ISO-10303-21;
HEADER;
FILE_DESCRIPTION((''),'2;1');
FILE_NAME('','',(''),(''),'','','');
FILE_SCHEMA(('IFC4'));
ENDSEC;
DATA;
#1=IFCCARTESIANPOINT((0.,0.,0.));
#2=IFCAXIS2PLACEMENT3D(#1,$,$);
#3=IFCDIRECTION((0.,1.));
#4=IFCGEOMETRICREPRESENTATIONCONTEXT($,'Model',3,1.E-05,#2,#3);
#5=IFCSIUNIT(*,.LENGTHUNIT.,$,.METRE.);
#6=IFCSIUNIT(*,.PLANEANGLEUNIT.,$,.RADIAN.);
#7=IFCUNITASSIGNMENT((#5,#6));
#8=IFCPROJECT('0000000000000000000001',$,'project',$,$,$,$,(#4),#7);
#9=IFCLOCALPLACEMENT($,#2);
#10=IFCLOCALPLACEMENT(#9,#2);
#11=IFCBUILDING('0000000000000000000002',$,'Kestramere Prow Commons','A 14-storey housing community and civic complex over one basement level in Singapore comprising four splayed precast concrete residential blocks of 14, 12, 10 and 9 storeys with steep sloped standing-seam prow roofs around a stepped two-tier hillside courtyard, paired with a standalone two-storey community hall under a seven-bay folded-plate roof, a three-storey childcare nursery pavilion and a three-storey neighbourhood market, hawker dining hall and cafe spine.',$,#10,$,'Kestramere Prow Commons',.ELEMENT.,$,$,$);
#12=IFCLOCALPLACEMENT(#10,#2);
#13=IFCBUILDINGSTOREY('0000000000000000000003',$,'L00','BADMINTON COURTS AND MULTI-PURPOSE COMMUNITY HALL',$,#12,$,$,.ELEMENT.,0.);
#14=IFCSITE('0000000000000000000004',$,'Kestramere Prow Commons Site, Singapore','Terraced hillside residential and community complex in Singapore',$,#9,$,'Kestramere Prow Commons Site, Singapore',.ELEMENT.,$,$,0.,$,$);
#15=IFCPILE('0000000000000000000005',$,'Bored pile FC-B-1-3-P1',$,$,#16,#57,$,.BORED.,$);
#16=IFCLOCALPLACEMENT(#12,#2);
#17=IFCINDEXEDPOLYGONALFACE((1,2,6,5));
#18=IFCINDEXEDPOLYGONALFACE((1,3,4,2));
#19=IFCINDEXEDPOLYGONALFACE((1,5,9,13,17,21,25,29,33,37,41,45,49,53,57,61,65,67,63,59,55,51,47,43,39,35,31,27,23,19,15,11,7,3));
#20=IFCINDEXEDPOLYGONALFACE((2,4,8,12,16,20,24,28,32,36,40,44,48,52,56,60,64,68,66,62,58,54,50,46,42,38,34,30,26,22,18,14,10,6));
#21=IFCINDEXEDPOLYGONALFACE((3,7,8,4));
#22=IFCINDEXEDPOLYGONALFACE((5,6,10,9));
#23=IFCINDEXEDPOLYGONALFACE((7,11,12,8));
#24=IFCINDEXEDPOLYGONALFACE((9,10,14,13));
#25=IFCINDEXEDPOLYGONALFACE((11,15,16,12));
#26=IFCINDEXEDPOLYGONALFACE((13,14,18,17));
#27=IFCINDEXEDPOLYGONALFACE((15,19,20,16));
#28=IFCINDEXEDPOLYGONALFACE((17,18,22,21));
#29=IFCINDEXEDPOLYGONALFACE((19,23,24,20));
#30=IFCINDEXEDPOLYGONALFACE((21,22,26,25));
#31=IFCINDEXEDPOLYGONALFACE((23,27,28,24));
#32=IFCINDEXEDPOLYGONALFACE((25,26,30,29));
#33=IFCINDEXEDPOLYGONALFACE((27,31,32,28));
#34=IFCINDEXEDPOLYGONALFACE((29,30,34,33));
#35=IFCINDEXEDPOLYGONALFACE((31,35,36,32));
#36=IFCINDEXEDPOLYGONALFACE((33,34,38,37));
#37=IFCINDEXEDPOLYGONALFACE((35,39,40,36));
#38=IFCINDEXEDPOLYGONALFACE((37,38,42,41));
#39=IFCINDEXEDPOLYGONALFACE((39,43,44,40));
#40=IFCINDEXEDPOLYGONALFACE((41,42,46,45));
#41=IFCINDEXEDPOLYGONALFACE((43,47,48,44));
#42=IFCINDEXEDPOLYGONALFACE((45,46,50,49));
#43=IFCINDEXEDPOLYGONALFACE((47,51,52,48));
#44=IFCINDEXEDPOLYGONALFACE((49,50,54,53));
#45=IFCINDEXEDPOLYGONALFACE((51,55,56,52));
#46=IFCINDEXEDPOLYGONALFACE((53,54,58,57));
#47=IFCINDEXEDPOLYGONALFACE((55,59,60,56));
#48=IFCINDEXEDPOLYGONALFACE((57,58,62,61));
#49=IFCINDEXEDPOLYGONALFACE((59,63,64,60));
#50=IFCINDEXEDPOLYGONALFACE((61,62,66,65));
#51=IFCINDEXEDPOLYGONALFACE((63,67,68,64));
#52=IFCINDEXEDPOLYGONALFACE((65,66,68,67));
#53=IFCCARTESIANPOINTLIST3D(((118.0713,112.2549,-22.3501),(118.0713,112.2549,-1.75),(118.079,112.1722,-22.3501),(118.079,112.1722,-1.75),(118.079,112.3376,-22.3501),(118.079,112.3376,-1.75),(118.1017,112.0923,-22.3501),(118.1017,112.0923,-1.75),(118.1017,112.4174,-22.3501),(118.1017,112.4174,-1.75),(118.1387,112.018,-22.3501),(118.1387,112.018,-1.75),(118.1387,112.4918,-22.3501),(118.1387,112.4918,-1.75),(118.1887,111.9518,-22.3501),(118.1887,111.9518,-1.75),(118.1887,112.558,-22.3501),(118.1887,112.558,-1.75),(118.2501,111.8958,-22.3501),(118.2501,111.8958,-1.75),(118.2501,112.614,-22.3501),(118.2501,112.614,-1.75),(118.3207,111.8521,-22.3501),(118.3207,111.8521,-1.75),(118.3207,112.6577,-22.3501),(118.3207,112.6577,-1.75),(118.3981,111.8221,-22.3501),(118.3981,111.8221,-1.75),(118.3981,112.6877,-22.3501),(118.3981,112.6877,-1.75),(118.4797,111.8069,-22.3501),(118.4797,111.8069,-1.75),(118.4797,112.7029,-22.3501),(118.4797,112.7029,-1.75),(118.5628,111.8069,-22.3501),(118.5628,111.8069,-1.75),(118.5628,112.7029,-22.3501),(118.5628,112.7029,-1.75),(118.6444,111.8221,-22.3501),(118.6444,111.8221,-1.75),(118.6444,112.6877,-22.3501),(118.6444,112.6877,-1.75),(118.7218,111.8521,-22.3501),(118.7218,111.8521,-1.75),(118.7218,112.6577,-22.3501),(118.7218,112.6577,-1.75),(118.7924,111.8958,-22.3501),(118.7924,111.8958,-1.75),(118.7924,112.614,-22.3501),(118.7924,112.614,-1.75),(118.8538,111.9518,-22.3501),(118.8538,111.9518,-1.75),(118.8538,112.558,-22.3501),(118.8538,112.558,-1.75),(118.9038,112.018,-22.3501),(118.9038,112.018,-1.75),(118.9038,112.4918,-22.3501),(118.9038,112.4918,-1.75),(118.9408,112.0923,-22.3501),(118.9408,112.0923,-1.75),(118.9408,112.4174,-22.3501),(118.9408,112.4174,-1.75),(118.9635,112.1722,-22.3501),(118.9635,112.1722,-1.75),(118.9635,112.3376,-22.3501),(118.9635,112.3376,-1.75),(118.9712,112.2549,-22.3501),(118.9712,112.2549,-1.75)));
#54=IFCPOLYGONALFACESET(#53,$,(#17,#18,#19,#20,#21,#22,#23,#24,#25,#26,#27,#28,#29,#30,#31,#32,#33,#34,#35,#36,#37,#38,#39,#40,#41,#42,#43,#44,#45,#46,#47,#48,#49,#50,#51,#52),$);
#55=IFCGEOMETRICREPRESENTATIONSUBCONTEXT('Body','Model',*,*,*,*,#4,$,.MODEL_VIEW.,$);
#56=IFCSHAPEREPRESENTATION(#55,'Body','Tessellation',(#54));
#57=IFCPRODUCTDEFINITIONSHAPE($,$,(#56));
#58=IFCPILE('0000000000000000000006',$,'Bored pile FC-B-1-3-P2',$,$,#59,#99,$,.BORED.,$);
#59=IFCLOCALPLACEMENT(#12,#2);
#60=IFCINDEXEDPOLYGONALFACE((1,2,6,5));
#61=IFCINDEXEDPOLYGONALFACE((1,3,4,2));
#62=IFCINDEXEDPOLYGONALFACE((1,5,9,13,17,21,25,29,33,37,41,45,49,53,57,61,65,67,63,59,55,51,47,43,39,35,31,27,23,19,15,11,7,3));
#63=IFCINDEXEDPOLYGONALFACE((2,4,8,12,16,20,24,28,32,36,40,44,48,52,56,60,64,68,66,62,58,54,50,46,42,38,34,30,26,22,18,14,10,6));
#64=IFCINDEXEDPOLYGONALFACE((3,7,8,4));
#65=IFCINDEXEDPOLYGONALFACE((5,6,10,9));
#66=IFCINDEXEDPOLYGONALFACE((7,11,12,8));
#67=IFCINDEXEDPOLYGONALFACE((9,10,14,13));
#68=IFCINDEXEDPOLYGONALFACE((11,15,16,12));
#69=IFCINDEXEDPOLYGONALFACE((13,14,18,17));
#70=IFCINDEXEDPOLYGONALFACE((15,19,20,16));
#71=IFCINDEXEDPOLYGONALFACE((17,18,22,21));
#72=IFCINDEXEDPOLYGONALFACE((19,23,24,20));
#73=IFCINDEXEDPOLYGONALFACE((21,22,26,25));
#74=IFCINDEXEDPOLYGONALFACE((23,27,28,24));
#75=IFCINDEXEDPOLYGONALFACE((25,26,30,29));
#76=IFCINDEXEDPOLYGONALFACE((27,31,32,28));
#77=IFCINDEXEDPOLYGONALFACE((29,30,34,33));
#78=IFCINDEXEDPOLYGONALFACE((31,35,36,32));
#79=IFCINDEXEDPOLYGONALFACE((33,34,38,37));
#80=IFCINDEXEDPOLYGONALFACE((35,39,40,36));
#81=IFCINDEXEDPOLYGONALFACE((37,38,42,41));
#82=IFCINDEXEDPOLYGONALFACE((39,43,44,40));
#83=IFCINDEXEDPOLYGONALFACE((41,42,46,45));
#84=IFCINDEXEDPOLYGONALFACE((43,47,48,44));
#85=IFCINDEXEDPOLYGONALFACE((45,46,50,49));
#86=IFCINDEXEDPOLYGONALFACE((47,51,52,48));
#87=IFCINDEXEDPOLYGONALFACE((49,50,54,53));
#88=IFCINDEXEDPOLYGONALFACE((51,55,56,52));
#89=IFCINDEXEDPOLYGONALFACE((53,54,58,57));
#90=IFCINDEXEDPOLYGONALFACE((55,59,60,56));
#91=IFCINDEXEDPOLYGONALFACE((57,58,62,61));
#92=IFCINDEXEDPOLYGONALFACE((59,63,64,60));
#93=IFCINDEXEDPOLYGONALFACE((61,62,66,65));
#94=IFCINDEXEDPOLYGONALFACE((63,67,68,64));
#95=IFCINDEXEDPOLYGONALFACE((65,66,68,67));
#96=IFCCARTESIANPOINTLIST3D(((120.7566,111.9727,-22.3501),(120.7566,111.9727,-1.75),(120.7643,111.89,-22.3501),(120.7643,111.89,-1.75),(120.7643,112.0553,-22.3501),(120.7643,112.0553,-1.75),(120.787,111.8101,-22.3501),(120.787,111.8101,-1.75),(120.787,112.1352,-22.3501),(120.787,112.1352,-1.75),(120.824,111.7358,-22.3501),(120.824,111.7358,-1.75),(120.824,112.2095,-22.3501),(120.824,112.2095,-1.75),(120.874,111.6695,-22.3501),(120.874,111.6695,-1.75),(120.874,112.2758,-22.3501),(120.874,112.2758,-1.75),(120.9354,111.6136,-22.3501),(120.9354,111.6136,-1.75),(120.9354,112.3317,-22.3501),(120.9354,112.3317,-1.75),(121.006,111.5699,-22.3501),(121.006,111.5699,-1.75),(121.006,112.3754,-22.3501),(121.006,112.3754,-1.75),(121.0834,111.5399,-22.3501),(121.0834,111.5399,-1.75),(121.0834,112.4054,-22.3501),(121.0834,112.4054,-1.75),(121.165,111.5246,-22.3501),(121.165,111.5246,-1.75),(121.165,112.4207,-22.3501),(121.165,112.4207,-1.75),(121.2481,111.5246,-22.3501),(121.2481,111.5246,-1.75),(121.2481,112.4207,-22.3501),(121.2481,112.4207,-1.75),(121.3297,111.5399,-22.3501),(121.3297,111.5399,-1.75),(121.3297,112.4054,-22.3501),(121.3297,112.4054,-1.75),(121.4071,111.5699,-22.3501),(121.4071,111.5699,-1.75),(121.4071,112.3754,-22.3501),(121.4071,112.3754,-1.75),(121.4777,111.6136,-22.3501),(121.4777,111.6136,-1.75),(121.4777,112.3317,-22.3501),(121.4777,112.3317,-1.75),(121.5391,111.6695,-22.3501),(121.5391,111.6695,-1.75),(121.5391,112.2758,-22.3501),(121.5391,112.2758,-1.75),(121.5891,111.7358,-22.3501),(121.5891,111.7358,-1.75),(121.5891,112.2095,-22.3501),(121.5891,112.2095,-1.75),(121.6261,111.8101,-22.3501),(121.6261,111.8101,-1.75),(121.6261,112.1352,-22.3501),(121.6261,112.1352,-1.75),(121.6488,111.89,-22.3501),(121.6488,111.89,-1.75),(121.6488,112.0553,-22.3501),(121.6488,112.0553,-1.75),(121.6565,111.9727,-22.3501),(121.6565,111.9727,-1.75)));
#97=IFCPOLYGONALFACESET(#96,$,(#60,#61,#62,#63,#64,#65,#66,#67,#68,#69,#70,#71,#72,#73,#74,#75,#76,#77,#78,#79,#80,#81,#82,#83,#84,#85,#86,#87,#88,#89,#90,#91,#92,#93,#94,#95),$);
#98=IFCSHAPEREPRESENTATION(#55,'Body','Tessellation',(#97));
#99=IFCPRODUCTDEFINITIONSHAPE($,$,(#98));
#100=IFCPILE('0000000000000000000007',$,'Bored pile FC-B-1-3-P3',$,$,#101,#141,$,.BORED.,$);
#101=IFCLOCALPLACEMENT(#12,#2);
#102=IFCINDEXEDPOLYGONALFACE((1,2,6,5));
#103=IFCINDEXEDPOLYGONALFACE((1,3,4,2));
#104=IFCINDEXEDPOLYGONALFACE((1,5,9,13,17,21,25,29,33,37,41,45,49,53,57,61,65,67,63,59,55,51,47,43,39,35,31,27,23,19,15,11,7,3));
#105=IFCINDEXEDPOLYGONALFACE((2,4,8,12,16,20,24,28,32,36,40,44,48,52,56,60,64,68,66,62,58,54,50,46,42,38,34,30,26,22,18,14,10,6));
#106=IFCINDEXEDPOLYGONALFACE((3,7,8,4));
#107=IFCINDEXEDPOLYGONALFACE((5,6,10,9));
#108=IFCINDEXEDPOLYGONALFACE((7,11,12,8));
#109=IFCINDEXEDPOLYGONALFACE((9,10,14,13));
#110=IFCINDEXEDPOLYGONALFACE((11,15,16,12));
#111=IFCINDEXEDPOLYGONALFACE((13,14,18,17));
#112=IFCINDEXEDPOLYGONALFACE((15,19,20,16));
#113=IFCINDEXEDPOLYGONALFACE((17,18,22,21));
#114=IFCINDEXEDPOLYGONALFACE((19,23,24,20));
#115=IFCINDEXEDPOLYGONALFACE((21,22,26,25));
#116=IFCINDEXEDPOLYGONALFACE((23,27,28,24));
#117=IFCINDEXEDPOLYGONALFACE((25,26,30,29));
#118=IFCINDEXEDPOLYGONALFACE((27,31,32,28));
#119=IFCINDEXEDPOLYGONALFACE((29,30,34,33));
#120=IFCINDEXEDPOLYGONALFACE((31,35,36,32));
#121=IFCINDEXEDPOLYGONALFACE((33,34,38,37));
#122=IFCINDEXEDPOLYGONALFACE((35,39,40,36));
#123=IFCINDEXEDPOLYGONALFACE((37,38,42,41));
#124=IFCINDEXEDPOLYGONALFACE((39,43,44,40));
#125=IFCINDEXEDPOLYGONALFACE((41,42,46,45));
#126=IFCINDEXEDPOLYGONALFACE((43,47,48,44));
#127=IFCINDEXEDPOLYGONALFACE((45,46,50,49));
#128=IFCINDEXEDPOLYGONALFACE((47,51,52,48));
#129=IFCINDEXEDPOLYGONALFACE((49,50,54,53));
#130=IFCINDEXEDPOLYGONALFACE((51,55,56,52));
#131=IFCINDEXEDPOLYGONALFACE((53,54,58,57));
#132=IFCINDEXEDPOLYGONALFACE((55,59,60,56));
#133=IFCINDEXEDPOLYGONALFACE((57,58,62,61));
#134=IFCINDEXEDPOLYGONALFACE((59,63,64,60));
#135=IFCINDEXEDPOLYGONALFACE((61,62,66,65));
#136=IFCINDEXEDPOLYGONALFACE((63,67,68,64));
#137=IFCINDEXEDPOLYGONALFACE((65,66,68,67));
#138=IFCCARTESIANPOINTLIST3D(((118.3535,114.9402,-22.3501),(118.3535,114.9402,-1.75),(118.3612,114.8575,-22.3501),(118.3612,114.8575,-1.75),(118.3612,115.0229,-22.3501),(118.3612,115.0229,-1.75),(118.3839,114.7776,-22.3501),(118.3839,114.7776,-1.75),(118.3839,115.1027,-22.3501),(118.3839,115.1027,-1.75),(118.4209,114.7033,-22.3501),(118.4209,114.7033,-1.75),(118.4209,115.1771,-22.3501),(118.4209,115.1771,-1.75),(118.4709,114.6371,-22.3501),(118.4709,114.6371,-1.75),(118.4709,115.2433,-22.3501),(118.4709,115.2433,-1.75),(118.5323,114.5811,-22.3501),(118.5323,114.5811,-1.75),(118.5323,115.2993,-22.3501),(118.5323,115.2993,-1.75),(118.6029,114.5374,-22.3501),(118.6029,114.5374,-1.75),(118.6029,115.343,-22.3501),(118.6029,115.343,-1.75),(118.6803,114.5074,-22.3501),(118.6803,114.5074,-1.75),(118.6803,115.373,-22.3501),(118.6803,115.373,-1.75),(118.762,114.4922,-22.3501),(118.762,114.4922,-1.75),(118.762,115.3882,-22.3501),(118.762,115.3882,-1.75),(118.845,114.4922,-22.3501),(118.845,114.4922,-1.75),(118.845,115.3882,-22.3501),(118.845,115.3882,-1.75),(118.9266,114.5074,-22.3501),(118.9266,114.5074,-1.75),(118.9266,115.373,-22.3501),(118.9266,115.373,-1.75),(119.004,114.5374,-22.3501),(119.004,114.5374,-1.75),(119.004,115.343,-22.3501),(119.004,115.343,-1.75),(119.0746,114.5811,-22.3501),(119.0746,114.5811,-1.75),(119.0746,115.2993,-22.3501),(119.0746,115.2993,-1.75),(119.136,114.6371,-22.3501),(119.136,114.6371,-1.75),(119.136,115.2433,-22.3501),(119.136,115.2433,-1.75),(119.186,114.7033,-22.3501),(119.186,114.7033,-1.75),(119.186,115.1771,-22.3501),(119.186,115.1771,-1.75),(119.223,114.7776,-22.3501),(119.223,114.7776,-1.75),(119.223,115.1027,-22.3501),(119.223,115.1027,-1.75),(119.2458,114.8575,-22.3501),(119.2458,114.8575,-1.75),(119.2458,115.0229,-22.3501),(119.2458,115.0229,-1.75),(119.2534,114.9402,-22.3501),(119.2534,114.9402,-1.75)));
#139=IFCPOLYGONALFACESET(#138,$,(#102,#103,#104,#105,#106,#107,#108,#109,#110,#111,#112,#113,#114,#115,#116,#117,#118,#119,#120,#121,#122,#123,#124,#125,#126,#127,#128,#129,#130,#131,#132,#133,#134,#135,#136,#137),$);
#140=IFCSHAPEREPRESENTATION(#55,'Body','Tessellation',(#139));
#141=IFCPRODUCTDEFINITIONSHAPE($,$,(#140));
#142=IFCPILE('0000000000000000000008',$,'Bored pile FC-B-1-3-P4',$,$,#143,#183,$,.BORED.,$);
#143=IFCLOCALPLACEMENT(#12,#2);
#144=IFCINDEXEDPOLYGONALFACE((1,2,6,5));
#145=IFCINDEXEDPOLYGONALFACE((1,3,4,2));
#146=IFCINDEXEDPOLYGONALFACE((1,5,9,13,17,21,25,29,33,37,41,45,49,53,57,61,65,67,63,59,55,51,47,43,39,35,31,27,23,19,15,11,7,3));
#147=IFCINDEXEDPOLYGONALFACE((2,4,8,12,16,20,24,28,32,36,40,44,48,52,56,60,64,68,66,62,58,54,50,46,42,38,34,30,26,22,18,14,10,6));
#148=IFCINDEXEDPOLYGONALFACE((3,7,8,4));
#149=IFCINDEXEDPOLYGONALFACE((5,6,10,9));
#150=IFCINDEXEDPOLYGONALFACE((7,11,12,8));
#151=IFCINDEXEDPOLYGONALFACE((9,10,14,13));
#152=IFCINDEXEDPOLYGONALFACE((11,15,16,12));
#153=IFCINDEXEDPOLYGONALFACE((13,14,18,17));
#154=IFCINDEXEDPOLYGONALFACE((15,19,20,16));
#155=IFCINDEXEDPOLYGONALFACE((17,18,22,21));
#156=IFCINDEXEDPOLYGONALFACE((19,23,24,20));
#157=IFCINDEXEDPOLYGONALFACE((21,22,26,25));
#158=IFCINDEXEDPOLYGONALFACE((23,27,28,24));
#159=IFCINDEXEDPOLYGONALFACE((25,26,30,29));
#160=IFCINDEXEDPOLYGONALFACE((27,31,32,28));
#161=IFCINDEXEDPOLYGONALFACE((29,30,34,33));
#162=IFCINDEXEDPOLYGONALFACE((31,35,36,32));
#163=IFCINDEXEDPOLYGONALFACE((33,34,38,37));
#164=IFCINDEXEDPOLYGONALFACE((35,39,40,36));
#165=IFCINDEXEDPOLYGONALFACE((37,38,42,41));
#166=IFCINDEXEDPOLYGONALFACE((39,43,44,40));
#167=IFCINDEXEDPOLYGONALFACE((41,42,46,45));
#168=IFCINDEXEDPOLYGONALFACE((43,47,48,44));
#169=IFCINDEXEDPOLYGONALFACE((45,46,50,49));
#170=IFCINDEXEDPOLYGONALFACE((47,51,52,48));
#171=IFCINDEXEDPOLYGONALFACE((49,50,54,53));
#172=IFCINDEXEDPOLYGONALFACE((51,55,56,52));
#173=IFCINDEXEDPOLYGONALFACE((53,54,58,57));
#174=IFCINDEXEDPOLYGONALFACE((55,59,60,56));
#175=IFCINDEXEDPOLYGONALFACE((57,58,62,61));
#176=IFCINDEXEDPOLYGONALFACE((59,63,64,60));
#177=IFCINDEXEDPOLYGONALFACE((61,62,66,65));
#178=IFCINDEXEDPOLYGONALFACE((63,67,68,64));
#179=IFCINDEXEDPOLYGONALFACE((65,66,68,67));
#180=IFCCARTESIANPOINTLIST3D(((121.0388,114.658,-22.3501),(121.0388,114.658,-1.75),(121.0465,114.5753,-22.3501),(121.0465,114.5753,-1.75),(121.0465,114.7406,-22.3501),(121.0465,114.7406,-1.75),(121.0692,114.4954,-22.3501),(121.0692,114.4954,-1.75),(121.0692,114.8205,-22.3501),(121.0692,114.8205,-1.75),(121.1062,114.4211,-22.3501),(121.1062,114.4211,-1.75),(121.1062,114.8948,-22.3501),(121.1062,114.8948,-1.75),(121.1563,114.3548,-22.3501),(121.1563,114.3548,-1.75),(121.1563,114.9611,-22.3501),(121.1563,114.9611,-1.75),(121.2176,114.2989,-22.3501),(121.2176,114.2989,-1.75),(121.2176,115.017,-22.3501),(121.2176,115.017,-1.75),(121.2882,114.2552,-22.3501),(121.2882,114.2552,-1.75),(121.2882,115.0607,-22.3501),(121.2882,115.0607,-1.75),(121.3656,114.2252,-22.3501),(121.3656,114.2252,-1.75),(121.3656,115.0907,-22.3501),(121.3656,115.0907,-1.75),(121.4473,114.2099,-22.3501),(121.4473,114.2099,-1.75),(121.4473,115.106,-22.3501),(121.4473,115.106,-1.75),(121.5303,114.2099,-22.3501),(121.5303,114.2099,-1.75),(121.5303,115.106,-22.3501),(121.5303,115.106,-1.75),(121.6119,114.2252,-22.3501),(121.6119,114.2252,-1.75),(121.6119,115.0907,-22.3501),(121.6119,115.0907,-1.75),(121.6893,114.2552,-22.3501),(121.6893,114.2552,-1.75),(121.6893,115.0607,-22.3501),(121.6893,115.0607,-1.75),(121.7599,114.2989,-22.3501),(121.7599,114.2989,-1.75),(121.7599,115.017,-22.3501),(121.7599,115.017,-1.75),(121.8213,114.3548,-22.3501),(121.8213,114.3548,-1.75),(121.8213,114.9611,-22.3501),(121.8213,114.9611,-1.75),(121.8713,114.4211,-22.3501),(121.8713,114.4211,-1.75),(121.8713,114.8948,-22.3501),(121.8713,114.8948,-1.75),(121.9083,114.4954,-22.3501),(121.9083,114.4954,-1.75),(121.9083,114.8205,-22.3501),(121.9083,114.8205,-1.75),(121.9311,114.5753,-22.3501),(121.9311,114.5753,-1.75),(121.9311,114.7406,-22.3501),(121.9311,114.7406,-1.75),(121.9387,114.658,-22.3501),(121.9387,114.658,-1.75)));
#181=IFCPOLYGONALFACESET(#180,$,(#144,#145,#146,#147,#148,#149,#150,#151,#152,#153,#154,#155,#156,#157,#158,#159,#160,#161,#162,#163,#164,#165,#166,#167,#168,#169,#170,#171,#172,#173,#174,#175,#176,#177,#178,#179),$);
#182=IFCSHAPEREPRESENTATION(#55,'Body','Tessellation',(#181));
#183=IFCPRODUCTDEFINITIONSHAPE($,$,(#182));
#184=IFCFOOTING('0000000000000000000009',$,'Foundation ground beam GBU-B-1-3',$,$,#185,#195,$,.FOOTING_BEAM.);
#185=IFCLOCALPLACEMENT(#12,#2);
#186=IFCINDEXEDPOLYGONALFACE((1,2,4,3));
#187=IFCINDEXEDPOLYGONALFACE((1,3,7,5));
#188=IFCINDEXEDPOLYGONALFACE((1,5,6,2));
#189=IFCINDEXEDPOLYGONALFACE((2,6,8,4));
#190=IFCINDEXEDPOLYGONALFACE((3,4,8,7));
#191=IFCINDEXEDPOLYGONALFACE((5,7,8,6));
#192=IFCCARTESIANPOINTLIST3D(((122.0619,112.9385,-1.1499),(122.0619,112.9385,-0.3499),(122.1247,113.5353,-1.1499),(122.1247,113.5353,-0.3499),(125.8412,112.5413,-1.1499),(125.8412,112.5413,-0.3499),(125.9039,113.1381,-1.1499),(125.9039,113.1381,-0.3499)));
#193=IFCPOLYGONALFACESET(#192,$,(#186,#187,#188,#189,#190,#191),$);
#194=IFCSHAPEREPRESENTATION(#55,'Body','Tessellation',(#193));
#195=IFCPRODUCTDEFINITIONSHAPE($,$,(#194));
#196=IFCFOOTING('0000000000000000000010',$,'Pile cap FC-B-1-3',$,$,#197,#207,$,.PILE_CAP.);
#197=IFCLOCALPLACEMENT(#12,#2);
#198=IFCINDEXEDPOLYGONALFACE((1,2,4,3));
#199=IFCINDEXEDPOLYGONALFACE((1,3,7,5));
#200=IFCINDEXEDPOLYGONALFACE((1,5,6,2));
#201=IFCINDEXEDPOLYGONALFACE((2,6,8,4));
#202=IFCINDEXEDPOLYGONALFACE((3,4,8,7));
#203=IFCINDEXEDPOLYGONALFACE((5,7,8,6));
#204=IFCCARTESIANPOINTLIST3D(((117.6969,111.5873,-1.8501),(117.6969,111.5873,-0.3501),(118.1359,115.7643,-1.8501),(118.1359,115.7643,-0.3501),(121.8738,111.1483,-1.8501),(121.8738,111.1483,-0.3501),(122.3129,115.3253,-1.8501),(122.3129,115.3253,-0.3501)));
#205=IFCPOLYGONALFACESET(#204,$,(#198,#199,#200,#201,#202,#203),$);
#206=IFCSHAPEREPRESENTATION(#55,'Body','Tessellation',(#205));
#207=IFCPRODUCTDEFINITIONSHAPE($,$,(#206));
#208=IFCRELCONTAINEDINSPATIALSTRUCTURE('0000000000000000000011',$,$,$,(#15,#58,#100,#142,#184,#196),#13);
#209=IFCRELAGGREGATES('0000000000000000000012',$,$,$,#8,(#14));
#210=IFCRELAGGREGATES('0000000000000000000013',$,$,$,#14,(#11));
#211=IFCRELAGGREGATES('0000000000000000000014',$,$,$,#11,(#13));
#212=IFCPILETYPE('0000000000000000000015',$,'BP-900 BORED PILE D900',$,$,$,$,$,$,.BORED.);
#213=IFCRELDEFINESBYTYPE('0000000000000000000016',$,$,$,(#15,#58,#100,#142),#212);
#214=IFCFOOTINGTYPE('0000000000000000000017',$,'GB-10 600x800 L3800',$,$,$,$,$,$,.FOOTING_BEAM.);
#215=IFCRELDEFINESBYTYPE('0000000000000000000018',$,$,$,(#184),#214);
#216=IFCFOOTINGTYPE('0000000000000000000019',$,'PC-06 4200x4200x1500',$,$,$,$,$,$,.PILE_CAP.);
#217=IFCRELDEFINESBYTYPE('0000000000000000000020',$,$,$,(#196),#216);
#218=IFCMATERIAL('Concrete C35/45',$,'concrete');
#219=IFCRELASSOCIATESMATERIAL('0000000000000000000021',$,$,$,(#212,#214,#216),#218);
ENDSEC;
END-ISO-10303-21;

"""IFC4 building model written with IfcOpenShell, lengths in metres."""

from ifc_helpers import new_model, si_unit, direction, frame, origin, origin_2d, place, context, subcontext, project, spatial, rectangle, circle, extrude, material, material_profile, profile_set, type_object, element, save


model = new_model("IFC4")

# Units and contexts
model_context = context("Model", 3, precision=1e-05, world=origin(), true_north=direction((0.0, 1.0)))
body_context = subcontext(model_context, "Body", "Model", "MODEL_VIEW")
ifc_project = project(units=[si_unit("LENGTHUNIT", "METRE"), si_unit("PLANEANGLEUNIT", "RADIAN")], contexts=[model_context])

# Site, building, storey
site_placement = place(None, origin())
site = spatial("IfcSite", under=ifc_project, at=site_placement, Name="Kestramere Prow Commons Site, Singapore", Description="Terraced hillside residential and community complex in Singapore", LongName="Kestramere Prow Commons Site, Singapore", CompositionType="ELEMENT", RefElevation=0.0)
building_placement = place(site_placement, origin())
building = spatial("IfcBuilding", under=site, at=building_placement, Name="Kestramere Prow Commons", Description="A 14-storey housing community and civic complex over one basement level in Singapore comprising four splayed precast concrete residential blocks of 14, 12, 10 and 9 storeys with steep sloped standing-seam prow roofs around a stepped two-tier hillside courtyard, paired with a standalone two-storey community hall under a seven-bay folded-plate roof, a three-storey childcare nursery pavilion and a three-storey neighbourhood market, hawker dining hall and cafe spine.", LongName="Kestramere Prow Commons", CompositionType="ELEMENT")
storey_placement = place(building_placement, origin())
storey = spatial("IfcBuildingStorey", under=building, at=storey_placement, Name="L00", Description="BADMINTON COURTS AND MULTI-PURPOSE COMMUNITY HALL", CompositionType="ELEMENT", Elevation=0.0)

# Piles
ifc_material_1 = material(Name="Concrete C35/45", Category="concrete")
ifc_material_profile_1 = material_profile(ifc_material_1, circle(Radius=0.45, at=origin_2d()), Name="BORED PILE D900")
ifc_profile_set_1 = profile_set([ifc_material_profile_1], Name="Concrete C35/45")
pile_type = type_object("IfcPileType", Name="BP-900 BORED PILE D900", PredefinedType="BORED", material=ifc_profile_set_1)
for number, where, z_axis, x_axis, name in (
    (1, (118.5212, 112.2549, -1.75), (0.0, 0.0, -1.0), (1.0, 0.0, 0.0), "Bored pile FC-B-1-3-P1"),
    (2, (121.2065, 111.9727, -1.75), (0.0, 0.0, -1.0), (1.0, 0.0, 0.0), "Bored pile FC-B-1-3-P2"),
    (3, (118.8035, 114.9402, -1.75), (0.0, 0.0, -1.0), (1.0, 0.0, 0.0), "Bored pile FC-B-1-3-P3"),
    (4, (121.4888, 114.658, -1.75), (0.0, 0.0, -1.0), (1.0, 0.0, 0.0), "Bored pile FC-B-1-3-P4"),
):
    element("IfcPile", number, at=place(storey_placement, frame(where, z_axis=z_axis, x_axis=x_axis)), inside=storey, type_object=pile_type, Name=name, PredefinedType="BORED", context=body_context, shape_type="SweptSolid", body=[
        extrude(circle(Radius=0.45, at=origin_2d()), origin(), (0.0, 0.0, 1.0), 20.6001),
    ])

# Footings
footing_type_1 = type_object("IfcFootingType", Name="GB-10 600x800 L3800", PredefinedType="FOOTING_BEAM", material=ifc_material_1)
footing_1_placement = place(storey_placement, frame((123.9829, 113.0383, -1.1499), z_axis=(0.0, 0.0, 1.0), x_axis=(0.994522, -0.104528, 0.0)))
element("IfcFooting", 5, at=footing_1_placement, inside=storey, type_object=footing_type_1, Name="Foundation ground beam GBU-B-1-3", PredefinedType="FOOTING_BEAM", context=body_context, shape_type="SweptSolid", body=[
    extrude(rectangle(XDim=3.8, YDim=0.6001, at=origin_2d()), origin(), (0.0, 0.0, 1.0), 0.8),
])
footing_type_2 = type_object("IfcFootingType", Name="PC-06 4200x4200x1500", PredefinedType="PILE_CAP", material=ifc_material_1)
footing_2_placement = place(storey_placement, frame((120.0049, 113.4563, -1.8501), z_axis=(0.0, 0.0, 1.0), x_axis=(0.994522, -0.104528, 0.0)))
element("IfcFooting", 6, at=footing_2_placement, inside=storey, type_object=footing_type_2, Name="Pile cap FC-B-1-3", PredefinedType="PILE_CAP", context=body_context, shape_type="SweptSolid", body=[
    extrude(rectangle(XDim=4.2, YDim=4.2, at=origin_2d()), origin(), (0.0, 0.0, 1.0), 1.5),
])

save(model, "model.ifc")
